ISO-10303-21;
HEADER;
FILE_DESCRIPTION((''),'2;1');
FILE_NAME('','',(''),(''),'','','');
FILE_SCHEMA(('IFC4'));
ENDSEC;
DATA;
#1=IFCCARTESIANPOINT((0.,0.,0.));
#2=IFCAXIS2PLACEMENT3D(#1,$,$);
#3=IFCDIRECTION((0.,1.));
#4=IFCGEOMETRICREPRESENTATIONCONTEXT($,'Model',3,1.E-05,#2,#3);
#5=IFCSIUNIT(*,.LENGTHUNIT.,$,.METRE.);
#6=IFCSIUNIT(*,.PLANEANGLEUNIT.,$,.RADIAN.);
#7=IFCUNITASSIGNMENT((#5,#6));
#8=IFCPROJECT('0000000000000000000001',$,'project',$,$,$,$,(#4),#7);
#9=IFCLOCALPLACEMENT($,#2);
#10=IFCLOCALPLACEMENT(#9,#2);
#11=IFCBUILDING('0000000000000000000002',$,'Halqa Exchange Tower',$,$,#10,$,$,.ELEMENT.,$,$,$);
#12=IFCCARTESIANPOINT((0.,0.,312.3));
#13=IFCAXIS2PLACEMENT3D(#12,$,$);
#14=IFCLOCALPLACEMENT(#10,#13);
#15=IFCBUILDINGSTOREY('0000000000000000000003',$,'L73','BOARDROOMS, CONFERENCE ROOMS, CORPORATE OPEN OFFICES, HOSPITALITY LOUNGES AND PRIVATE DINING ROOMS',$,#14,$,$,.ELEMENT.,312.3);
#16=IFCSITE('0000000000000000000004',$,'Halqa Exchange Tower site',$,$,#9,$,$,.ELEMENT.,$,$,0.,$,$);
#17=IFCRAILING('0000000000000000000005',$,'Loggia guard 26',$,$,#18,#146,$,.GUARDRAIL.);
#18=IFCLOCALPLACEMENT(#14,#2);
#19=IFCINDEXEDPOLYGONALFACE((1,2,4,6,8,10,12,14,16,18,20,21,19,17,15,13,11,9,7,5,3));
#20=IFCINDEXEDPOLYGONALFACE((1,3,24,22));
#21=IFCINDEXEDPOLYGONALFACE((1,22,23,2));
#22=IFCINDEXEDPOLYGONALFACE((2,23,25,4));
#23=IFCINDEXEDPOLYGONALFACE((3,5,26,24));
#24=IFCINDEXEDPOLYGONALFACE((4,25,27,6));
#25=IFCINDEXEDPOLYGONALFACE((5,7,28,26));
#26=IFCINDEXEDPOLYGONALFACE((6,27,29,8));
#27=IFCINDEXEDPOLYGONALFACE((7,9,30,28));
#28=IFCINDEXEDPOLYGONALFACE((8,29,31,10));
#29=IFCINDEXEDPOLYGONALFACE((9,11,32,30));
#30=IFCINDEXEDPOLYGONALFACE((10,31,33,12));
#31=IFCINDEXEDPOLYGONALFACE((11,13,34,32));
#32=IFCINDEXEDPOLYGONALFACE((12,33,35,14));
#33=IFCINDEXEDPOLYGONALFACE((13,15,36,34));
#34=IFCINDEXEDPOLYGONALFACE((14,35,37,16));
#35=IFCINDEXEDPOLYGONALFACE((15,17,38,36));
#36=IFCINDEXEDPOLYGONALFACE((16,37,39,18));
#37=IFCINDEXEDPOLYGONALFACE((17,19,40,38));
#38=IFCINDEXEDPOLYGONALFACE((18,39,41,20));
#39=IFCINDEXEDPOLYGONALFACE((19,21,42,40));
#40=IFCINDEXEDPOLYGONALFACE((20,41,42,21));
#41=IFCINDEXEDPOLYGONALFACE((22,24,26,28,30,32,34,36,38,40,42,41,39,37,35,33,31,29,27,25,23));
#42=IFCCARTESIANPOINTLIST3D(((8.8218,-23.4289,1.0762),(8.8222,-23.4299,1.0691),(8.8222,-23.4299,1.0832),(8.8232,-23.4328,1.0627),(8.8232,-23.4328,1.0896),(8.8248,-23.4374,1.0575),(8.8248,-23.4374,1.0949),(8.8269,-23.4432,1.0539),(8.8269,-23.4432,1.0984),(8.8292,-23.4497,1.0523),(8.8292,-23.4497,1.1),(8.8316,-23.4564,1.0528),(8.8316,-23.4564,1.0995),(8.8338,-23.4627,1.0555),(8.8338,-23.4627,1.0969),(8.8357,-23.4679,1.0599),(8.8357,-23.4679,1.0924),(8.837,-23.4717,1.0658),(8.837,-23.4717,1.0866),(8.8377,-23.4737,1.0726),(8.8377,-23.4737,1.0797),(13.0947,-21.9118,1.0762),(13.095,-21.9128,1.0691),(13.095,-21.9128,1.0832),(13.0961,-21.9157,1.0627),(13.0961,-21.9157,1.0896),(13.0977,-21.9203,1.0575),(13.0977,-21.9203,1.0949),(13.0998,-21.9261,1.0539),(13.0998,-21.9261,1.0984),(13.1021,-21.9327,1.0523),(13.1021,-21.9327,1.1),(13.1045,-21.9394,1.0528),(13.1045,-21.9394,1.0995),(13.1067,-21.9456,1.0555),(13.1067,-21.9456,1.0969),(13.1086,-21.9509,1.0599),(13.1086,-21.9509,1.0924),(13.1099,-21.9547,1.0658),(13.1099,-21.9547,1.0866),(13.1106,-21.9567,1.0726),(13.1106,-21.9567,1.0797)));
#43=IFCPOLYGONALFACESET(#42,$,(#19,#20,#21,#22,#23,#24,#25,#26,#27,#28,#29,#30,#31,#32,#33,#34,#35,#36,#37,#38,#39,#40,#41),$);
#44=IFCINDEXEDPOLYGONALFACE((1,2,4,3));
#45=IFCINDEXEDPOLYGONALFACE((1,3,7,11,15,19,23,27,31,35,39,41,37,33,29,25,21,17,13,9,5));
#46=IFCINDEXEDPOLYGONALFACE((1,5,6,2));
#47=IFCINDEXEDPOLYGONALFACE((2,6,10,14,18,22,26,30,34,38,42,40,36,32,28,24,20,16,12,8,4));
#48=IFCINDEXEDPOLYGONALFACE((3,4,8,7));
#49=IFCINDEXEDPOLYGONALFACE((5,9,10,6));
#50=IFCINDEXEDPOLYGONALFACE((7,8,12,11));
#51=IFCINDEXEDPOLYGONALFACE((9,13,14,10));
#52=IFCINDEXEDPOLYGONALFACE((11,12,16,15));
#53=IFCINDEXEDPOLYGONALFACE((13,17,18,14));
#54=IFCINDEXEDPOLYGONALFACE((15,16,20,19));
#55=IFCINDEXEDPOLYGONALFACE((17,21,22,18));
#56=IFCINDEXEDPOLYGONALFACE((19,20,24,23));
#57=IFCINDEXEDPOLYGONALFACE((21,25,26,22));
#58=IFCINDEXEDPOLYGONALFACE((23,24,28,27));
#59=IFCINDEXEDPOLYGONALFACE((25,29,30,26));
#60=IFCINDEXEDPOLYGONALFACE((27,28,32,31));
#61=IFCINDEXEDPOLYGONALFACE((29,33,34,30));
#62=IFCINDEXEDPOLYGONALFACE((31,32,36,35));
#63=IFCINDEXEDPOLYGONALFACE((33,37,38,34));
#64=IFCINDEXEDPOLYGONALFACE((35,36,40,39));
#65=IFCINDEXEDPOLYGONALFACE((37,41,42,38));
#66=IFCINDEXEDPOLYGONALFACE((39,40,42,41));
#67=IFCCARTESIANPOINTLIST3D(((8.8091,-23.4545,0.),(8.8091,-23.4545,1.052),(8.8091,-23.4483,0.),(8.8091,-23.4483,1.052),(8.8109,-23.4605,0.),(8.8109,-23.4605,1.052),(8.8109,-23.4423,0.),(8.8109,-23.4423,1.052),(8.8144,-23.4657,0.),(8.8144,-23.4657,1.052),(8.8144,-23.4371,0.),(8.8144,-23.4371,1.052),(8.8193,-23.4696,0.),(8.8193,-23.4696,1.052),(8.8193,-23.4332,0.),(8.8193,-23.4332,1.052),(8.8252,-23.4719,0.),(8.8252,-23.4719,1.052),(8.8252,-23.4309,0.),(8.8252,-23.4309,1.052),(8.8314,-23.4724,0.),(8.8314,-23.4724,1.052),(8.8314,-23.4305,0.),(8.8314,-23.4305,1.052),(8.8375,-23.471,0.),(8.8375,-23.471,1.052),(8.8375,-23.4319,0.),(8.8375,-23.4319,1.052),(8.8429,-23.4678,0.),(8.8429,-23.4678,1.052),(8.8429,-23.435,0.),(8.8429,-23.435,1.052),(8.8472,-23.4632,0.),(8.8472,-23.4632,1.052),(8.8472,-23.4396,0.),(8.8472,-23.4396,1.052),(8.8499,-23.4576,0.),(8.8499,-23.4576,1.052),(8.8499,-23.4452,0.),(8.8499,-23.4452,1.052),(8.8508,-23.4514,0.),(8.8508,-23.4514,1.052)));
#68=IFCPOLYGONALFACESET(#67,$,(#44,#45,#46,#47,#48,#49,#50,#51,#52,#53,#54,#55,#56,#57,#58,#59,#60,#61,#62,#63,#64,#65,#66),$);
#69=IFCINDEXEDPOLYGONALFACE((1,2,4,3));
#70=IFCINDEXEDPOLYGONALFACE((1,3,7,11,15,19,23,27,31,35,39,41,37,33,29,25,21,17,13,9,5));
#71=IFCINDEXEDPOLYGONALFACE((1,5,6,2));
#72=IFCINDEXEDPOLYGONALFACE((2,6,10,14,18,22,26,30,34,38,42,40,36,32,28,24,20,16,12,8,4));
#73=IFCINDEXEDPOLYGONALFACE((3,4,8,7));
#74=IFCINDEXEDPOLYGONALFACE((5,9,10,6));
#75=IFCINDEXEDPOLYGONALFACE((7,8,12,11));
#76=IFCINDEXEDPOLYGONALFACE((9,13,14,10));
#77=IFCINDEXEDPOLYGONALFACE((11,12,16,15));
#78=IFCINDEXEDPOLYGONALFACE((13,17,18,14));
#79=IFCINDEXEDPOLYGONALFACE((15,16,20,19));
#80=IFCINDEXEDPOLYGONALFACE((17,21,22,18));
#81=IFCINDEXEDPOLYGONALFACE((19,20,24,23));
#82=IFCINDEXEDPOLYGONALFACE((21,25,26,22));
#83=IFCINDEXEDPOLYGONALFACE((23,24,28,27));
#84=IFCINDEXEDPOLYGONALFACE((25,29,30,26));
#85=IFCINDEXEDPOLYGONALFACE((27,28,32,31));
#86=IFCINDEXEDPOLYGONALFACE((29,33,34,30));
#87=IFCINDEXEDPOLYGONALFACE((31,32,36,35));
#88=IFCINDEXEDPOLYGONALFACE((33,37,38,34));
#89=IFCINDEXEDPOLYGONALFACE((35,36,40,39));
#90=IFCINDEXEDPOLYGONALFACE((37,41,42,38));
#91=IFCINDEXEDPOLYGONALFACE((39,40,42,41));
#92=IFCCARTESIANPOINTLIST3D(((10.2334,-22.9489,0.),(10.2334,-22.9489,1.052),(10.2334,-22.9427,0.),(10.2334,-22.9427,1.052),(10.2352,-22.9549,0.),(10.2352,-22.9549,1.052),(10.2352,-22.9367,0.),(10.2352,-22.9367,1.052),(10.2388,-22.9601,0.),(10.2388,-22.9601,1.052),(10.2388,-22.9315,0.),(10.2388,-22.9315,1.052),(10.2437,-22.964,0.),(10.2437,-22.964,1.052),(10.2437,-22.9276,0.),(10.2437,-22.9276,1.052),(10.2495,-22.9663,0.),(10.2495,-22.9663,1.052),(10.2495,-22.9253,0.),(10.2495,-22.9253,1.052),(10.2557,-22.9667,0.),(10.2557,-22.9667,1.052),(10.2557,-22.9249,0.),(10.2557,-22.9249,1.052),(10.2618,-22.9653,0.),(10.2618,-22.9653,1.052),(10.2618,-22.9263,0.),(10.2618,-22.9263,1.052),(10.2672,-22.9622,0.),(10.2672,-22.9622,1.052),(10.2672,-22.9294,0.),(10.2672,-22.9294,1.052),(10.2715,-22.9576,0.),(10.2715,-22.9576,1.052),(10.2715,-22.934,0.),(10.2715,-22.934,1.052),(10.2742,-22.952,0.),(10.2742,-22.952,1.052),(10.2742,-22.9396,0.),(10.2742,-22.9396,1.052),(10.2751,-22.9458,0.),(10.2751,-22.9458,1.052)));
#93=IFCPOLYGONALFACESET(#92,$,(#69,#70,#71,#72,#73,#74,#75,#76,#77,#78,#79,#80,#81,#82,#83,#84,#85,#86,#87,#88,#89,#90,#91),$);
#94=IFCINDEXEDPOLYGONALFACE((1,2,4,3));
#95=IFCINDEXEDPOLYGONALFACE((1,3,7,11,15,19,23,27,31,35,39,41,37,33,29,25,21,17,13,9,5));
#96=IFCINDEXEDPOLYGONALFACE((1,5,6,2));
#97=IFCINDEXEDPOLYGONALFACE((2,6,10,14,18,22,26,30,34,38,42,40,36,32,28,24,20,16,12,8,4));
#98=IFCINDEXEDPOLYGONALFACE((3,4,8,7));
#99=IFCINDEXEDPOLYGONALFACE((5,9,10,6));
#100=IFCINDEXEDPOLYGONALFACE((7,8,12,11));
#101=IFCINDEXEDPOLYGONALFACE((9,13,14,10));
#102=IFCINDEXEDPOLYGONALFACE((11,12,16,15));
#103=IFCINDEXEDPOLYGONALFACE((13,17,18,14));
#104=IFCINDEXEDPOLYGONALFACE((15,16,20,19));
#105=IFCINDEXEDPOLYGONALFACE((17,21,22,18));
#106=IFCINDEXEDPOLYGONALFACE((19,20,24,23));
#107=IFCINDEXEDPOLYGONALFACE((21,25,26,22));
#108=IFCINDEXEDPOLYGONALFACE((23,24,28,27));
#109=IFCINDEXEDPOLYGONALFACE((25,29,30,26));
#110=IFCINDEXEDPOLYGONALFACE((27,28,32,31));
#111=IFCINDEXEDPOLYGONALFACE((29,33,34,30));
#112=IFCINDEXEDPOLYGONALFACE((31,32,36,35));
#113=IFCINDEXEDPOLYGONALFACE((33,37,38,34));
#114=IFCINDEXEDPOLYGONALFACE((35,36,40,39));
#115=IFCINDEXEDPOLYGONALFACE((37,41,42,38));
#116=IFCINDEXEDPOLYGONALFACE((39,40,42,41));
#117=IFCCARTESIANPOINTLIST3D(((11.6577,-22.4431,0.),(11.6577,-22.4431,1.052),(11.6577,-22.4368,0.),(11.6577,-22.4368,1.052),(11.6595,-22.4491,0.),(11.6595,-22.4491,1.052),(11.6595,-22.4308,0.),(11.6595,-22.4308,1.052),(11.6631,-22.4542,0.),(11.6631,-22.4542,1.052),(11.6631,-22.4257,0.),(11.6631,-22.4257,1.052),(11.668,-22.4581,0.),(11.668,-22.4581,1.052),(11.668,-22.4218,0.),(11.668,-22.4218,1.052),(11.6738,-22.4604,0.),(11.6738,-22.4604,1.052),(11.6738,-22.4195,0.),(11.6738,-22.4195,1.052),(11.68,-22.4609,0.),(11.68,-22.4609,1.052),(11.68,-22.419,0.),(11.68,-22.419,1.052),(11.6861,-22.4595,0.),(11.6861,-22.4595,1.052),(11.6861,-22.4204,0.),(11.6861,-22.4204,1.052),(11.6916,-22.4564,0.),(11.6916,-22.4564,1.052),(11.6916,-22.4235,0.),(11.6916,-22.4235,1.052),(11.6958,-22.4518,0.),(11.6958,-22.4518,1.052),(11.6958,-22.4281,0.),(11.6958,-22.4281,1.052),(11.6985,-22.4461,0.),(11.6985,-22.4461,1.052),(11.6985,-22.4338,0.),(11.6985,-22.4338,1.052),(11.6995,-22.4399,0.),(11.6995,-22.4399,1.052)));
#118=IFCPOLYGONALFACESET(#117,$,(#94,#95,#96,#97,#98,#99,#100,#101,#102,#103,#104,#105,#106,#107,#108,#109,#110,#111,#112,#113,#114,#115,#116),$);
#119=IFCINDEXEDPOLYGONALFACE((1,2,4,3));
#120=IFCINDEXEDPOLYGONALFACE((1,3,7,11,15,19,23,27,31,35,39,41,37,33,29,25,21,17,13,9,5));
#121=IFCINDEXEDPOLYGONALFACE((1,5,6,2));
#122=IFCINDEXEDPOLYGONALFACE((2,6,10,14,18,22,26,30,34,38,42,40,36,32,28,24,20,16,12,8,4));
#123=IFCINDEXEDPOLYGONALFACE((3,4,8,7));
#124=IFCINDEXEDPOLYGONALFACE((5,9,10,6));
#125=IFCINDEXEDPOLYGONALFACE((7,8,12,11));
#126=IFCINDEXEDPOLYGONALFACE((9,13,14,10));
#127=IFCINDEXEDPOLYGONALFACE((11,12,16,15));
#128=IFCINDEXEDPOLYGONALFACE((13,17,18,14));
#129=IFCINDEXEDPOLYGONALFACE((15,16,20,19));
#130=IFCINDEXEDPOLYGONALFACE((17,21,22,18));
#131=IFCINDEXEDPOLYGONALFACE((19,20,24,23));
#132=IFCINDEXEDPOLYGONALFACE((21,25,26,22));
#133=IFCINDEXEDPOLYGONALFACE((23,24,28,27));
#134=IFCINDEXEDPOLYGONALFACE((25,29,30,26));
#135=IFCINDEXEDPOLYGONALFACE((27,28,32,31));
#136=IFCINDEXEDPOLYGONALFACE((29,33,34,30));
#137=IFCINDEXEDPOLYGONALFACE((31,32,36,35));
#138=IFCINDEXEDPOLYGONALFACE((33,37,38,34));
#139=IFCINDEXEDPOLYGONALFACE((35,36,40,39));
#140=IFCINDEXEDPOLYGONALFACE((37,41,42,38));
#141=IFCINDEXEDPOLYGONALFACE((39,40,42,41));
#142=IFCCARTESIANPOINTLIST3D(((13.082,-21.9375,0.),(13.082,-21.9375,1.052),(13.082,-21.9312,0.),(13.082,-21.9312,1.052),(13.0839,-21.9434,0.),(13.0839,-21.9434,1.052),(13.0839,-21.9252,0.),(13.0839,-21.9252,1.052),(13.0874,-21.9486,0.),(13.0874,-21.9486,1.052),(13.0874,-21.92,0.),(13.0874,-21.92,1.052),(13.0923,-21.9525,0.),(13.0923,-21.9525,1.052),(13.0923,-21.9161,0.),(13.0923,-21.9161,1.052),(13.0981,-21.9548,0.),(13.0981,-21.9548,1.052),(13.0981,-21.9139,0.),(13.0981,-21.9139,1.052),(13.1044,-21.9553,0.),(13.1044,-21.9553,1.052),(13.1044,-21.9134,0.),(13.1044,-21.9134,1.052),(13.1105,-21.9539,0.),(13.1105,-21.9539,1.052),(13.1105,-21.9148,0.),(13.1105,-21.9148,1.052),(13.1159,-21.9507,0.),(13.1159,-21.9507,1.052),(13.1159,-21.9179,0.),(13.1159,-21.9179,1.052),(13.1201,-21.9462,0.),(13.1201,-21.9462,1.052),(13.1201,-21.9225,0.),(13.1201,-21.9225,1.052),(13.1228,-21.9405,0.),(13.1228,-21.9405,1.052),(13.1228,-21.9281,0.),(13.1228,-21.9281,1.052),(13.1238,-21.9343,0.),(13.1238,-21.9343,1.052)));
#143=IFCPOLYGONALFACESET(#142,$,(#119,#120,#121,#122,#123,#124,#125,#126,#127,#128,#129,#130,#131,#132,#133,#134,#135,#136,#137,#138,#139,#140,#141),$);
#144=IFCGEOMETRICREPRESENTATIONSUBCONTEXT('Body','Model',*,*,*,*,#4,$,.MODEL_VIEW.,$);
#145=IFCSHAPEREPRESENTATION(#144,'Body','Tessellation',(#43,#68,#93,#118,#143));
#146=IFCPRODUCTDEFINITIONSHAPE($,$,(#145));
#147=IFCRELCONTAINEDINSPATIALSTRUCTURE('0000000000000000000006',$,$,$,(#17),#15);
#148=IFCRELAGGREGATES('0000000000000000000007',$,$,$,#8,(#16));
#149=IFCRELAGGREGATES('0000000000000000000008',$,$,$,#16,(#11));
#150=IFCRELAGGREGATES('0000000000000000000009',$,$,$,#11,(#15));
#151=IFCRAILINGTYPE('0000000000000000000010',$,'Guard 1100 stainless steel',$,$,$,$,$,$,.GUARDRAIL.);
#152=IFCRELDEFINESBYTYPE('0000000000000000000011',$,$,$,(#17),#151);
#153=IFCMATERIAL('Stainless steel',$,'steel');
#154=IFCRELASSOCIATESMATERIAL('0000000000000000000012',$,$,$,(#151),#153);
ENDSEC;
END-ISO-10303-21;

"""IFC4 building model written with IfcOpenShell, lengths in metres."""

from ifc_helpers import new_model, si_unit, direction, frame, origin, origin_2d, place, context, subcontext, project, spatial, circle, extrude, material, type_object, element, save


model = new_model("IFC4")

# Units and contexts
model_context = context("Model", 3, precision=1e-05, world=origin(), true_north=direction((0.0, 1.0)))
body_context = subcontext(model_context, "Body", "Model", "MODEL_VIEW")
ifc_project = project(units=[si_unit("LENGTHUNIT", "METRE"), si_unit("PLANEANGLEUNIT", "RADIAN")], contexts=[model_context])

# Site, building, storey
site_placement = place(None, origin())
site = spatial("IfcSite", under=ifc_project, at=site_placement, Name="Halqa Exchange Tower site", CompositionType="ELEMENT", RefElevation=0.0)
building_placement = place(site_placement, origin())
building = spatial("IfcBuilding", under=site, at=building_placement, Name="Halqa Exchange Tower", CompositionType="ELEMENT")
storey_placement = place(building_placement, frame((0.0, 0.0, 312.3)))
storey = spatial("IfcBuildingStorey", under=building, at=storey_placement, Name="L73", Description="BOARDROOMS, CONFERENCE ROOMS, CORPORATE OPEN OFFICES, HOSPITALITY LOUNGES AND PRIVATE DINING ROOMS", CompositionType="ELEMENT", Elevation=312.3)

# Railing
ifc_material_1 = material(Name="Stainless steel", Category="steel")
railing_type = type_object("IfcRailingType", Name="Guard 1100 stainless steel", PredefinedType="GUARDRAIL", material=ifc_material_1)
railing_1_placement = place(storey_placement, frame((8.8298, -23.4514, 0.0)))
element("IfcRailing", 1, at=railing_1_placement, inside=storey, type_object=railing_type, Name="Loggia guard 26", PredefinedType="GUARDRAIL", context=body_context, shape_type="SweptSolid", body=[
    extrude(circle(Radius=0.0239, at=origin_2d()), frame((0.0, 0.0, 1.0762), z_axis=(0.942366, 0.334583, 0.0), x_axis=(-0.334583, 0.942366, 0.0)), (0.0, 0.0, 1.0), 4.5342),
    extrude(circle(Radius=0.021, at=origin_2d()), origin(), (0.0, 0.0, 1.0), 1.052),
    extrude(circle(Radius=0.021, at=origin_2d()), frame((1.4243, 0.5056, 0.0)), (0.0, 0.0, 1.0), 1.052),
    extrude(circle(Radius=0.021, at=origin_2d()), frame((2.8486, 1.0115, 0.0)), (0.0, 0.0, 1.0), 1.052),
    extrude(circle(Radius=0.021, at=origin_2d()), frame((4.2729, 1.5171, 0.0)), (0.0, 0.0, 1.0), 1.052),
])

save(model, "model.ifc")
